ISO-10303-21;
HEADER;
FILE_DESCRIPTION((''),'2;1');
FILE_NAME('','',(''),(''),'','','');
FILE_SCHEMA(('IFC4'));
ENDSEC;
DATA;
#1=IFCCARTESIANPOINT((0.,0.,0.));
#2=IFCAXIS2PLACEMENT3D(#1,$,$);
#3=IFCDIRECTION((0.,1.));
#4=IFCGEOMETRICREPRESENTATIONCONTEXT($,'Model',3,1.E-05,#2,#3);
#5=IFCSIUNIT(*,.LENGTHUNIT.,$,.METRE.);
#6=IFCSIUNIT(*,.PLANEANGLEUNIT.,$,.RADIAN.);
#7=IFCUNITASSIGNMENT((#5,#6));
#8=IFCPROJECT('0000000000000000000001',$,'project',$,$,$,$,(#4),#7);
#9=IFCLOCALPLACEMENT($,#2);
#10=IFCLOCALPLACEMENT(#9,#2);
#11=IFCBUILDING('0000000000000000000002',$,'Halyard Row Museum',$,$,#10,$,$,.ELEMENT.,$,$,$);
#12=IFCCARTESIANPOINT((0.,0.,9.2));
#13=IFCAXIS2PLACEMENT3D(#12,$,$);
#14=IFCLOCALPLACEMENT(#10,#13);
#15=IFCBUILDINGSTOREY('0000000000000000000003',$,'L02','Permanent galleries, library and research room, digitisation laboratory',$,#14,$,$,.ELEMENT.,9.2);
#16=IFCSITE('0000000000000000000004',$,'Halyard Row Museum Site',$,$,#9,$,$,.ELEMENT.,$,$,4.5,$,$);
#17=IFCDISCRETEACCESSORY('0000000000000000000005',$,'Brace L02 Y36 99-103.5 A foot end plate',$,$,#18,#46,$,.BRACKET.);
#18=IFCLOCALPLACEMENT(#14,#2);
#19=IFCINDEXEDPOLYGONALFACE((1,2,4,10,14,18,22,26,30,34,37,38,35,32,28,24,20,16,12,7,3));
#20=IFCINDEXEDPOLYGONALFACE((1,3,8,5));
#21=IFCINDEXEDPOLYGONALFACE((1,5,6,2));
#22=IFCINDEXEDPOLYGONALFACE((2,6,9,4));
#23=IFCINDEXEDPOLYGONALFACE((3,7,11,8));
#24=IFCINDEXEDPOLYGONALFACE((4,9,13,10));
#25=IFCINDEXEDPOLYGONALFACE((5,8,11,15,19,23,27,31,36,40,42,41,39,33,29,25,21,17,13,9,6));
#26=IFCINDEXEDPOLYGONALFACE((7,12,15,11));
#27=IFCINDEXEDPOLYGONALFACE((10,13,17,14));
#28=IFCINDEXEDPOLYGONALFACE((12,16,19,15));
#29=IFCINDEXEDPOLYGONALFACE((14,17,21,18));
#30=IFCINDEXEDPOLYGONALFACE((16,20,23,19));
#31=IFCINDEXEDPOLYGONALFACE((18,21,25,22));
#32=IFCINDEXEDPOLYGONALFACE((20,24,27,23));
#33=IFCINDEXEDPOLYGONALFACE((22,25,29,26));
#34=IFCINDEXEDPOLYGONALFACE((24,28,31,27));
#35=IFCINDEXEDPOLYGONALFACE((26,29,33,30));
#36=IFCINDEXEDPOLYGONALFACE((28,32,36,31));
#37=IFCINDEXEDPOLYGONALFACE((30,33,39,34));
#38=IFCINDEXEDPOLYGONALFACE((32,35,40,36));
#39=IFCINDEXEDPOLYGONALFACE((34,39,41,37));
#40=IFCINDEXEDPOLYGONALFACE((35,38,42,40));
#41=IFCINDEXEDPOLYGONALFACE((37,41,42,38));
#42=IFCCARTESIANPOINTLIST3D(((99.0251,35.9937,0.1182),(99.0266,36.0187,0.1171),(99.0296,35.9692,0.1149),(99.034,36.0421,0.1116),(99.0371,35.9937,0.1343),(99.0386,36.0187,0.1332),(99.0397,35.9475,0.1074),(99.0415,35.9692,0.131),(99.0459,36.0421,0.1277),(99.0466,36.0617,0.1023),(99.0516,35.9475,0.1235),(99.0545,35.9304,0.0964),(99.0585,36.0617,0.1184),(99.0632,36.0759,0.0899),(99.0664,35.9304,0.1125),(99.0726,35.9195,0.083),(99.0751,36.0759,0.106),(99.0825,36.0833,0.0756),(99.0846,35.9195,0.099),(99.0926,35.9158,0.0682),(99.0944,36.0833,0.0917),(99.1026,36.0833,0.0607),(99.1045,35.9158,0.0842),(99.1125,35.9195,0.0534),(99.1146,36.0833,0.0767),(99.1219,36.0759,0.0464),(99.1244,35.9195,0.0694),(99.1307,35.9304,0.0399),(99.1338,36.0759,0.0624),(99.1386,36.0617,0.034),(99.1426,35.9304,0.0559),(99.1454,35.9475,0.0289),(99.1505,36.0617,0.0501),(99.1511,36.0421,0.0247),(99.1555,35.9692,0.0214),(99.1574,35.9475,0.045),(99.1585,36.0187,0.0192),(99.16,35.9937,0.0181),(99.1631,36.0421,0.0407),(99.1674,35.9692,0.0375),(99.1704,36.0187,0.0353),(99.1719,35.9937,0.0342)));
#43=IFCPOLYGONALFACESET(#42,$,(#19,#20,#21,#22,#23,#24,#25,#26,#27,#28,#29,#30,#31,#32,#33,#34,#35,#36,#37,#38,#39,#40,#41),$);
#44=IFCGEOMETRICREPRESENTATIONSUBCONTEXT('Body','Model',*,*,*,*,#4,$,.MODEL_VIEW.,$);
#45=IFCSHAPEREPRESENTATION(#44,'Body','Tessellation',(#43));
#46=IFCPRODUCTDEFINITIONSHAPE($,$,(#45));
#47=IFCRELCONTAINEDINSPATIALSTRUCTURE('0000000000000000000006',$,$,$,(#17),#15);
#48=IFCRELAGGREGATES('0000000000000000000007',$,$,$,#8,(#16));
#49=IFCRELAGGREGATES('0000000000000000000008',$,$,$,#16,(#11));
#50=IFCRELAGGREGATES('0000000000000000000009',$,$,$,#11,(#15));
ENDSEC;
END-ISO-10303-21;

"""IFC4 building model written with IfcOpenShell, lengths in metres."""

from ifc_helpers import new_model, si_unit, direction, frame, origin, origin_2d, place, context, subcontext, project, spatial, circle, extrude, element, save


model = new_model("IFC4")

# Units and contexts
model_context = context("Model", 3, precision=1e-05, world=origin(), true_north=direction((0.0, 1.0)))
body_context = subcontext(model_context, "Body", "Model", "MODEL_VIEW")
ifc_project = project(units=[si_unit("LENGTHUNIT", "METRE"), si_unit("PLANEANGLEUNIT", "RADIAN")], contexts=[model_context])

# Site, building, storey
site_placement = place(None, origin())
site = spatial("IfcSite", under=ifc_project, at=site_placement, Name="Halyard Row Museum Site", CompositionType="ELEMENT", RefElevation=4.5)
building_placement = place(site_placement, origin())
building = spatial("IfcBuilding", under=site, at=building_placement, Name="Halyard Row Museum", CompositionType="ELEMENT")
storey_placement = place(building_placement, frame((0.0, 0.0, 9.2)))
storey = spatial("IfcBuildingStorey", under=building, at=storey_placement, Name="L02", Description="Permanent galleries, library and research room, digitisation laboratory", CompositionType="ELEMENT", Elevation=9.2)

# Discrete accessory
discrete_accessory_placement = place(storey_placement, frame((99.1045, 36.0, 0.0842), z_axis=(-0.5961, 0.0, -0.80291), x_axis=(0.0, -1.0, 0.0)))
element("IfcDiscreteAccessory", 1, at=discrete_accessory_placement, inside=storey, Name="Brace L02 Y36 99-103.5 A foot end plate", PredefinedType="BRACKET", context=body_context, shape_type="SweptSolid", body=[
    extrude(circle(Radius=0.0842, at=origin_2d()), origin(), (0.0, 0.0, 1.0), 0.02),
])

save(model, "model.ifc")
